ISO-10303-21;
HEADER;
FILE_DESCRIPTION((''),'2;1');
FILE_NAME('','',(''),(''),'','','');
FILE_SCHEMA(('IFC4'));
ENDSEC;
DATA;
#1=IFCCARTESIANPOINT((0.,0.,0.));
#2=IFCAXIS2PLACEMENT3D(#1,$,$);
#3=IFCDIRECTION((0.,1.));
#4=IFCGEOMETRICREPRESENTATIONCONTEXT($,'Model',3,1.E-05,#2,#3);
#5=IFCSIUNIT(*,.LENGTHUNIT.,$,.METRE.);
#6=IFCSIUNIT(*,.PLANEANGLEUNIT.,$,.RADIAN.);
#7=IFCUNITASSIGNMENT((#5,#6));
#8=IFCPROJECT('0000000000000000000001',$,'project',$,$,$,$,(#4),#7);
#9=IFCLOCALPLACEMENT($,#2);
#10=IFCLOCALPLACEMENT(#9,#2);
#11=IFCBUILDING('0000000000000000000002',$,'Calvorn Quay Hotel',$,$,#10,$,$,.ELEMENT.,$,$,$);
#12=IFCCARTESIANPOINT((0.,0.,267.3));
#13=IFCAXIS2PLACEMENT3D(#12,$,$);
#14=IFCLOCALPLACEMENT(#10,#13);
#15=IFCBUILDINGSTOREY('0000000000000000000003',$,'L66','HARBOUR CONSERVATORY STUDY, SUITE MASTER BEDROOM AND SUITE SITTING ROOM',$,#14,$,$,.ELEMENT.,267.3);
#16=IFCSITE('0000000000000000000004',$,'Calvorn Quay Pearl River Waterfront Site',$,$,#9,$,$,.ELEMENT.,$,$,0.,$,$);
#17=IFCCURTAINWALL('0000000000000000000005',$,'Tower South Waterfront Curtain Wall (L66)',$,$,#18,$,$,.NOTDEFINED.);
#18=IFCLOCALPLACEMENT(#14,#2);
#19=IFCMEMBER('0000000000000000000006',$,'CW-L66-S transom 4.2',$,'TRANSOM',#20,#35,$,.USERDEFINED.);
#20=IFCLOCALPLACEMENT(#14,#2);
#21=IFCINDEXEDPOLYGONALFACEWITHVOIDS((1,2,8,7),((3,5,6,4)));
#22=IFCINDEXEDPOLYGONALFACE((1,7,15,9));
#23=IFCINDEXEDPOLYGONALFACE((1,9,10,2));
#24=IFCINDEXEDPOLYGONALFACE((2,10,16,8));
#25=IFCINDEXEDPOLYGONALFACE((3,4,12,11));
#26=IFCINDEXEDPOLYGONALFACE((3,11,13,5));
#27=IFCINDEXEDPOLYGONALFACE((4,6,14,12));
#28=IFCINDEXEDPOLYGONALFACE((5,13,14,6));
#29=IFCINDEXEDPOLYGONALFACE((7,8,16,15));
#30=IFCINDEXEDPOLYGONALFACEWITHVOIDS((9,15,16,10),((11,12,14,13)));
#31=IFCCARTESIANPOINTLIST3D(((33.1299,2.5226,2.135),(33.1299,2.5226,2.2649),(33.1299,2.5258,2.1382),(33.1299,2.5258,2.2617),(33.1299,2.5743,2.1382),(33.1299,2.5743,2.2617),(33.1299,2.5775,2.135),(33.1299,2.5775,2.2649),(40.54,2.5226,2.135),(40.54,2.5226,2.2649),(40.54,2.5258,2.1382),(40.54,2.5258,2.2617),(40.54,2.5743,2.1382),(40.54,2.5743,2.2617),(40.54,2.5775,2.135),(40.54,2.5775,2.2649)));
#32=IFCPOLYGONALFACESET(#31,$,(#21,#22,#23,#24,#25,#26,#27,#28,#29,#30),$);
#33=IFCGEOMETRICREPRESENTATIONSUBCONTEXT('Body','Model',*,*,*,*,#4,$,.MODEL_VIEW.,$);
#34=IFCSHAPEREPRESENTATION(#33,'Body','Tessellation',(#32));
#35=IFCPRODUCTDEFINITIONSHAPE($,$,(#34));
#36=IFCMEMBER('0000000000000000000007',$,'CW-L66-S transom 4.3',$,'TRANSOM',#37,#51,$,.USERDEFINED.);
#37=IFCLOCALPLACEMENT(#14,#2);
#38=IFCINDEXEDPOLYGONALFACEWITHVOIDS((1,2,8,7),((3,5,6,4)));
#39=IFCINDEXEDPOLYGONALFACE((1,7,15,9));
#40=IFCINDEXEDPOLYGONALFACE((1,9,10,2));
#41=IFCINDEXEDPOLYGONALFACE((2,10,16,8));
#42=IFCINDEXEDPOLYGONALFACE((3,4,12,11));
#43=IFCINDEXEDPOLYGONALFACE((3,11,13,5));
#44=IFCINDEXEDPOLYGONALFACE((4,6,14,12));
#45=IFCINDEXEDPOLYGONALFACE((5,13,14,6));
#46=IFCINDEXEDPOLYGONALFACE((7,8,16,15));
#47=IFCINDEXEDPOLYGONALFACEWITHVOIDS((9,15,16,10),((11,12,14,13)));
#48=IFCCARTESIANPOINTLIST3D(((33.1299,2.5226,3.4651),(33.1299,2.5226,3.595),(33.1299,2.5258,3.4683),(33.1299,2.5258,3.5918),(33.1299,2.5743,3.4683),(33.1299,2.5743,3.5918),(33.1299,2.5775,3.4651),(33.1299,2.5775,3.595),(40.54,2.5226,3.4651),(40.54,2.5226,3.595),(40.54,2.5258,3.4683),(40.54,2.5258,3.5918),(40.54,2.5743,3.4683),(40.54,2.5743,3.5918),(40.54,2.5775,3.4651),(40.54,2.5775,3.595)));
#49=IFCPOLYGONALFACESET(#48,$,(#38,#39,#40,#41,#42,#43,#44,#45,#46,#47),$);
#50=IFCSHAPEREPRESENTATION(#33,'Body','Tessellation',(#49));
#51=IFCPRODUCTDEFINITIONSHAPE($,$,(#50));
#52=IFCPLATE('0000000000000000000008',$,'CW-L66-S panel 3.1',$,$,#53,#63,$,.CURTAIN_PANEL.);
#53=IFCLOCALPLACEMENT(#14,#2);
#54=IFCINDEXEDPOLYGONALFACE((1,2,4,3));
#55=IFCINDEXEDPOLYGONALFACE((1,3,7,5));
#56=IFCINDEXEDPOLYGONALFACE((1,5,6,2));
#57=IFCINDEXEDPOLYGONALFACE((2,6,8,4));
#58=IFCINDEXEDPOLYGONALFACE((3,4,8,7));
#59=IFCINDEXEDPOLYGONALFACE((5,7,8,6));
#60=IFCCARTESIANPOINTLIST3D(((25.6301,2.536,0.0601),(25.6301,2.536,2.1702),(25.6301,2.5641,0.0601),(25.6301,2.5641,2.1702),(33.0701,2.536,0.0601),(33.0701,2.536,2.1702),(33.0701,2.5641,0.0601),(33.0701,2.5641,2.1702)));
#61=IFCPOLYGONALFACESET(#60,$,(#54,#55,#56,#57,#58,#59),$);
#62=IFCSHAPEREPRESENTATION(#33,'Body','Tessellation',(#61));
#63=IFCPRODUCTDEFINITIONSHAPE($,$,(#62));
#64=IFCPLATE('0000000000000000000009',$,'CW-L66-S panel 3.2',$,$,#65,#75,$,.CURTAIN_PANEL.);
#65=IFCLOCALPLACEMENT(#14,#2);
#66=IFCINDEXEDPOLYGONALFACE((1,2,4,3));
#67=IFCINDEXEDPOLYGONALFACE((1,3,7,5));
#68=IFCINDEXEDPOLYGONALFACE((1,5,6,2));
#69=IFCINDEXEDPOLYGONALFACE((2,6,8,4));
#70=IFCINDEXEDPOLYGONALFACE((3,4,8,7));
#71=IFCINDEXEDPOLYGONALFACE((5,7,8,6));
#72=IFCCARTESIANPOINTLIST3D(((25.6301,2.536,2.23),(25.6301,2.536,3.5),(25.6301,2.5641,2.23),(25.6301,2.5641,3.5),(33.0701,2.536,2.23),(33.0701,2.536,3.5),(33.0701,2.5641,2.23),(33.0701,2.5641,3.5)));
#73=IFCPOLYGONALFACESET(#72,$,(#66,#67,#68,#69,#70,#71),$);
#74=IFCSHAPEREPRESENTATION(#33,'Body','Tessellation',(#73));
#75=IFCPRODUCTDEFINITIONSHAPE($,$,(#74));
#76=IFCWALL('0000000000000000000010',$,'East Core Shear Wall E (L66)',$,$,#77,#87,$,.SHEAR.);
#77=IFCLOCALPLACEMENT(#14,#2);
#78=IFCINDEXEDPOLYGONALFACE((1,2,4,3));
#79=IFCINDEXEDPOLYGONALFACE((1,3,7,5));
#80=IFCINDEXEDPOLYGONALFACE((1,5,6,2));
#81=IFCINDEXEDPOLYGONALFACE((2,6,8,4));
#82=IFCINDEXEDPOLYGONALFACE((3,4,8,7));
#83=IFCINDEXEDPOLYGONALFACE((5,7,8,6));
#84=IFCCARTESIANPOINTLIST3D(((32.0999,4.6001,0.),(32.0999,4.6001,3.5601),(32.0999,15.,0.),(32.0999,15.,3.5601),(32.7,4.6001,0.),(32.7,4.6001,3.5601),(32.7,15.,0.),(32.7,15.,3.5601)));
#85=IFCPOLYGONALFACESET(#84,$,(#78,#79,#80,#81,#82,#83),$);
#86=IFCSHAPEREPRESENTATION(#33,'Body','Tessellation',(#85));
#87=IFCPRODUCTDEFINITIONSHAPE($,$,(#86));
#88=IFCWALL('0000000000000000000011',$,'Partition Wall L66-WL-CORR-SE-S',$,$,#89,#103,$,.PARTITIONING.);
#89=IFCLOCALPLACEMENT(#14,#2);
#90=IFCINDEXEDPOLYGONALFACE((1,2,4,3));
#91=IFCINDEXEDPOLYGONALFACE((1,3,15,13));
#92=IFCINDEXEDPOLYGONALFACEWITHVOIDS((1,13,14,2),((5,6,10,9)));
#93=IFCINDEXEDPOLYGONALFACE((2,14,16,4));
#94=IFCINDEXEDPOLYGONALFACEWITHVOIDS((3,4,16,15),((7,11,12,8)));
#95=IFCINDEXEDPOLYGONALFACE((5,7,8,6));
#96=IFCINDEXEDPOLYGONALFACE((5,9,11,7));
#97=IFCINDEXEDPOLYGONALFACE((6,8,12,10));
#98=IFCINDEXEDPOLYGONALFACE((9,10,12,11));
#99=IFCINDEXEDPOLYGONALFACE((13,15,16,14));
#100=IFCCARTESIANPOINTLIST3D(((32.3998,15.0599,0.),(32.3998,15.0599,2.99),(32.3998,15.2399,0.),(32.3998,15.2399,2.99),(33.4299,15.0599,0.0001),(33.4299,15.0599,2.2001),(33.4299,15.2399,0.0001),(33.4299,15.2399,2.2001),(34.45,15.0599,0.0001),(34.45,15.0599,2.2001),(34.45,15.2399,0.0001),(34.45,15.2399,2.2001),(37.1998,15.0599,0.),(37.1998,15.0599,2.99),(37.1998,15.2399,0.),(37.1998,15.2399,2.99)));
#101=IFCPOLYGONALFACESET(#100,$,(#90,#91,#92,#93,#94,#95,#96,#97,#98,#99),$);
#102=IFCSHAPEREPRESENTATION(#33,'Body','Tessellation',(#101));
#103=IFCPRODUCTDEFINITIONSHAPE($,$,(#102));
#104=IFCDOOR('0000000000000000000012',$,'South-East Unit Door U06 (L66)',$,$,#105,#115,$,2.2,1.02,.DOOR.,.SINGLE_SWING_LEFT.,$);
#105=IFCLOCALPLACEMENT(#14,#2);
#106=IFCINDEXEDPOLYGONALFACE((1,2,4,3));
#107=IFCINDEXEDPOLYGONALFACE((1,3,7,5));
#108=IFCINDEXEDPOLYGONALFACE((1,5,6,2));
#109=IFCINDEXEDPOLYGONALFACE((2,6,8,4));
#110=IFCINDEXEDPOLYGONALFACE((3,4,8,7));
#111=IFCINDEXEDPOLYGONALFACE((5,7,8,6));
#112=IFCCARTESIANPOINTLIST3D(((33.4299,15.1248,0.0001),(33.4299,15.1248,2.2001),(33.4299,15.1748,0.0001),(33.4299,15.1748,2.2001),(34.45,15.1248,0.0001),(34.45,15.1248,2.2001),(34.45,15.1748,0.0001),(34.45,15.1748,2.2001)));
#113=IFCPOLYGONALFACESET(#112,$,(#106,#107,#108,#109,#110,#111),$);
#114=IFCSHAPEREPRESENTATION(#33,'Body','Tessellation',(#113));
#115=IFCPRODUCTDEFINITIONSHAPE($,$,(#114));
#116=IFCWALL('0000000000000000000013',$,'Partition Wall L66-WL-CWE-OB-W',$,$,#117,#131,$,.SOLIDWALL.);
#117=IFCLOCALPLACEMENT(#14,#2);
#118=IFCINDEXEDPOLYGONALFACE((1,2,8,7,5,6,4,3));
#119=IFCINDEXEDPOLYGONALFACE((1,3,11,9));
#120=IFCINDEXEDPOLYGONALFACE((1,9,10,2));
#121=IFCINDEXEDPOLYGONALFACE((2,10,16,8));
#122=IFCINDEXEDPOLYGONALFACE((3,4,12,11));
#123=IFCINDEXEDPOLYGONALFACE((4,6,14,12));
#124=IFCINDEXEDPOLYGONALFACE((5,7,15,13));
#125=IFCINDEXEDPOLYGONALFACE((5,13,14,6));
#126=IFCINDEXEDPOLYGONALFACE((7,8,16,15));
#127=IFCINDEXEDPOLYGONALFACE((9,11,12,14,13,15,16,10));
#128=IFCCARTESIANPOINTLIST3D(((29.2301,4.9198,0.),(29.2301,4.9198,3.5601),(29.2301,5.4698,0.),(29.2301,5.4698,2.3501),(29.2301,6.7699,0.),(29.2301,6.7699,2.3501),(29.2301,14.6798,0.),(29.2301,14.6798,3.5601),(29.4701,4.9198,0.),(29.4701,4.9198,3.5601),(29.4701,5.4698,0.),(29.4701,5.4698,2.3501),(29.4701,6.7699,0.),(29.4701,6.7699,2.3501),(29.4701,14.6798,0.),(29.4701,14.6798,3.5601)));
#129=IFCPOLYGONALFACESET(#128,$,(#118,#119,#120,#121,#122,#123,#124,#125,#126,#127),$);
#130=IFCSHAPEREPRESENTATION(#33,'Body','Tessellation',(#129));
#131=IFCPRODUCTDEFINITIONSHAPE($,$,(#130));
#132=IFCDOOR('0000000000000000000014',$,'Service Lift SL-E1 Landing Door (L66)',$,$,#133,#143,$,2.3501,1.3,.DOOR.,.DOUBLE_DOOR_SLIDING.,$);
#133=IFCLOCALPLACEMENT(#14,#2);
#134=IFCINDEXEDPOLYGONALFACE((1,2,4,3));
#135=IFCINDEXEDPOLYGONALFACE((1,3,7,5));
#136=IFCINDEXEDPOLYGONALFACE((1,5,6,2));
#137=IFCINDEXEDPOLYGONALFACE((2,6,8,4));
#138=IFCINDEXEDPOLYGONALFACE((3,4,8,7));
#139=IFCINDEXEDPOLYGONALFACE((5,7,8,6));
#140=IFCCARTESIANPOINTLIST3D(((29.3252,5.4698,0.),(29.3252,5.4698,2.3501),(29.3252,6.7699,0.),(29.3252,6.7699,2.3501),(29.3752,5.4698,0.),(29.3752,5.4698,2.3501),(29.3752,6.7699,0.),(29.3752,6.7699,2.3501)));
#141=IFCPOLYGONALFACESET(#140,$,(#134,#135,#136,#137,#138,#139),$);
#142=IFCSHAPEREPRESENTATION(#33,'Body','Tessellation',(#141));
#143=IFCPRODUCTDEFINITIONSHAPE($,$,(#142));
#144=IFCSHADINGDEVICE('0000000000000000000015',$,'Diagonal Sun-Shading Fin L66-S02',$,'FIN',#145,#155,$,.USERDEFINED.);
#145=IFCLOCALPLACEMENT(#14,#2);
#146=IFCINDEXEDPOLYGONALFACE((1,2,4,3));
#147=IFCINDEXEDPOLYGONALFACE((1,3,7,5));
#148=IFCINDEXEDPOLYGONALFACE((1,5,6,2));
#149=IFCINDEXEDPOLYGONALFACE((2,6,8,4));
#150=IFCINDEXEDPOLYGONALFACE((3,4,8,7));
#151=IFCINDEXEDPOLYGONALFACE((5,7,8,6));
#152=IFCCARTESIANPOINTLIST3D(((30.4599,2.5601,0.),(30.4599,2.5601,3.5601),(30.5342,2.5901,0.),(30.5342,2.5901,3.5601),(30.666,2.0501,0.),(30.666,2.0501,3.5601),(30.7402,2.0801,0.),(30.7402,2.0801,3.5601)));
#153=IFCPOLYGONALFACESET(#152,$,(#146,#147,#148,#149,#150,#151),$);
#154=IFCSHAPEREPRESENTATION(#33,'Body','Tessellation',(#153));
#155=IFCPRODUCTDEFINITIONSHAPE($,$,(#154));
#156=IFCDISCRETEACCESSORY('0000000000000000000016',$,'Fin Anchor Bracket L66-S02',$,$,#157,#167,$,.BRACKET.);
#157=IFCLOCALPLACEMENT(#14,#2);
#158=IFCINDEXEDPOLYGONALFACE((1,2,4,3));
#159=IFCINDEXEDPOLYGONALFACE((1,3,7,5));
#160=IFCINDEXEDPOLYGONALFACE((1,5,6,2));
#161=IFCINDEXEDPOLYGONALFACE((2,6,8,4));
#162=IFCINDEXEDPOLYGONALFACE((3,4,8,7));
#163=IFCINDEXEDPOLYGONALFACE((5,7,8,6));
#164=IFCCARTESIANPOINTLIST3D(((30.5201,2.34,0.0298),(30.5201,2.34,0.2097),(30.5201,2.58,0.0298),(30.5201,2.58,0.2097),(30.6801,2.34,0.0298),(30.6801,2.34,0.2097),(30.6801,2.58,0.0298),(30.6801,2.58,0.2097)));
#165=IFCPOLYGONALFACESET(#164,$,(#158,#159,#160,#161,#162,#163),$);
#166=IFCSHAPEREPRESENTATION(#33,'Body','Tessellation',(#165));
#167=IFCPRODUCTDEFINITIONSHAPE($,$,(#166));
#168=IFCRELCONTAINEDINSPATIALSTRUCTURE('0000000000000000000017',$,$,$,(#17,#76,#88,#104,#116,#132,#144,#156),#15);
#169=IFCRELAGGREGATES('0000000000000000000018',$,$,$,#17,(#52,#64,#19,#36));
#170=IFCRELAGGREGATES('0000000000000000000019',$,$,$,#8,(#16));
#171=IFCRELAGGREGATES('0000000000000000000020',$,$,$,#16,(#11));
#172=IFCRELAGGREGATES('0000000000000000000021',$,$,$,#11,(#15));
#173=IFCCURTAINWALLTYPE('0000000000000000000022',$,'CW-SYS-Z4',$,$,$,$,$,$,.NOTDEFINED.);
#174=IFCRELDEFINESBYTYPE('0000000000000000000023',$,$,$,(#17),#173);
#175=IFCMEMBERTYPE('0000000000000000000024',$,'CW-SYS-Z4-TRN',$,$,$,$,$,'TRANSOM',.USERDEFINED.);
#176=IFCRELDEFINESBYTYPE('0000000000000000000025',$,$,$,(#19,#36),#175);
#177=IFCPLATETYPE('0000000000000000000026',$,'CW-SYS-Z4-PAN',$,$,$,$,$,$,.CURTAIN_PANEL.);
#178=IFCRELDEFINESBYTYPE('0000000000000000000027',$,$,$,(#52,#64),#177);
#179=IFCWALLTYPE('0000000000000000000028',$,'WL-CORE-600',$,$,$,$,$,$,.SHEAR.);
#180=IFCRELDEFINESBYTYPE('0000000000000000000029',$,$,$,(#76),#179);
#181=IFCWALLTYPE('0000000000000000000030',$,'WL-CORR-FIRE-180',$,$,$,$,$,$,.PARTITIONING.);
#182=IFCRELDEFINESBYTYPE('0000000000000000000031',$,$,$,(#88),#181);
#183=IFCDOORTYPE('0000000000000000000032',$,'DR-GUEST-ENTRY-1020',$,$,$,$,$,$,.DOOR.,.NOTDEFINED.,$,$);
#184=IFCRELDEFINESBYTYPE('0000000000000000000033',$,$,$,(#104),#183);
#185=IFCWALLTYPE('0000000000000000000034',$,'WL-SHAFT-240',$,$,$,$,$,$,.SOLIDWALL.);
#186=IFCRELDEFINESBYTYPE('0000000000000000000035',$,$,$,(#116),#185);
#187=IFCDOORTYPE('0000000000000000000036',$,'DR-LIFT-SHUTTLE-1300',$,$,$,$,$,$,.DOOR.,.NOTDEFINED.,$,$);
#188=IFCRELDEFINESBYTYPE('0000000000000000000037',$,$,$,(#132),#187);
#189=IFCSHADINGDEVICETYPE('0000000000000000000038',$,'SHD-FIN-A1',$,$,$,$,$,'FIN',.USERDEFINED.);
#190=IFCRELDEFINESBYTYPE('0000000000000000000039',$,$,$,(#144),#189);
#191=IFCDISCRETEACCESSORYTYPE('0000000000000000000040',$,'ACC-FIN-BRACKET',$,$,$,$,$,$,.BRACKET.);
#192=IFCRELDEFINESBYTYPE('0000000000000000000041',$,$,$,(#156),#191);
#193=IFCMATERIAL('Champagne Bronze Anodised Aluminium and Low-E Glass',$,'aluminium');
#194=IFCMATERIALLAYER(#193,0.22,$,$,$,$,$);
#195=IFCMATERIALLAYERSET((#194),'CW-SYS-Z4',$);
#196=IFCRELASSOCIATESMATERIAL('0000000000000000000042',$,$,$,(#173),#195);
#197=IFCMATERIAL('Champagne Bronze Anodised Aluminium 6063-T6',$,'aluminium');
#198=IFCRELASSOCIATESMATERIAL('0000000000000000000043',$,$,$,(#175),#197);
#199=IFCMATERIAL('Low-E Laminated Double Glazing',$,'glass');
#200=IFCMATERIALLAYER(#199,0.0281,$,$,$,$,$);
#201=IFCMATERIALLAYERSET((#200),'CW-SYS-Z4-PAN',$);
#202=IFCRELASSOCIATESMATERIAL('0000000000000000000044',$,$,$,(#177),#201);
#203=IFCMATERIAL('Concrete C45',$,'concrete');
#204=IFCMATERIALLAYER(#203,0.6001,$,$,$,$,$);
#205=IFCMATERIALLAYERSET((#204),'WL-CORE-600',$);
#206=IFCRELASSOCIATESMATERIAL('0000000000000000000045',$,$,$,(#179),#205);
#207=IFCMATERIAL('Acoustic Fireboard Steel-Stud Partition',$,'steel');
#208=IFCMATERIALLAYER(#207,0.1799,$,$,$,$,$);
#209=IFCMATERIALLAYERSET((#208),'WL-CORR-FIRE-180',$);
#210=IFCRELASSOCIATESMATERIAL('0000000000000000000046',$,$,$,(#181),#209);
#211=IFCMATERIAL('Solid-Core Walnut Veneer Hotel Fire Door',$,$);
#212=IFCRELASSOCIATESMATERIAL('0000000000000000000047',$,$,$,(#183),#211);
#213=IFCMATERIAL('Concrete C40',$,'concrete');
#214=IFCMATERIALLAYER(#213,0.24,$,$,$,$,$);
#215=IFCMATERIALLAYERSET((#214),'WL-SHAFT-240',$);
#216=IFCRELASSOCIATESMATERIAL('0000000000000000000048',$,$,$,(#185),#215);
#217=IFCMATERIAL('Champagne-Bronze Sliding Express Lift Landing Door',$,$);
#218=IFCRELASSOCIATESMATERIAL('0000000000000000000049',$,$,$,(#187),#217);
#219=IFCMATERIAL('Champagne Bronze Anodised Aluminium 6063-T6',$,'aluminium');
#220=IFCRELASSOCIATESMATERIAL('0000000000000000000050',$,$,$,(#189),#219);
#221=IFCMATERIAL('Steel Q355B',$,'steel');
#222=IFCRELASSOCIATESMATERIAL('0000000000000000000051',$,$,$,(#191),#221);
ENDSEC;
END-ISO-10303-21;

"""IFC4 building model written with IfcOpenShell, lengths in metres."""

from ifc_helpers import new_model, si_unit, direction, frame, frame_2d, origin, origin_2d, place, context, subcontext, project, spatial, rectangle, hollow_rectangle, extrude, material, layer, layer_set, material_profile, profile_set, type_object, element, fill, aggregate, save


model = new_model("IFC4")

# Units and contexts
model_context = context("Model", 3, precision=1e-05, world=origin(), true_north=direction((0.0, 1.0)))
body_context = subcontext(model_context, "Body", "Model", "MODEL_VIEW")
ifc_project = project(units=[si_unit("LENGTHUNIT", "METRE"), si_unit("PLANEANGLEUNIT", "RADIAN")], contexts=[model_context])

# Site, building, storey
site_placement = place(None, origin())
site = spatial("IfcSite", under=ifc_project, at=site_placement, Name="Calvorn Quay Pearl River Waterfront Site", CompositionType="ELEMENT", RefElevation=0.0)
building_placement = place(site_placement, origin())
building = spatial("IfcBuilding", under=site, at=building_placement, Name="Calvorn Quay Hotel", CompositionType="ELEMENT")
storey_placement = place(building_placement, frame((0.0, 0.0, 267.3)))
storey = spatial("IfcBuildingStorey", under=building, at=storey_placement, Name="L66", Description="HARBOUR CONSERVATORY STUDY, SUITE MASTER BEDROOM AND SUITE SITTING ROOM", CompositionType="ELEMENT", Elevation=267.3)

# Curtain wall, members, plates
ifc_material_1 = material(Name="Champagne Bronze Anodised Aluminium and Low-E Glass", Category="aluminium")
ifc_layer_1 = layer(ifc_material_1, 0.22)
ifc_layer_set_1 = layer_set([ifc_layer_1], Name="CW-SYS-Z4")
curtain_wall_type = type_object("IfcCurtainWallType", Name="CW-SYS-Z4", PredefinedType="NOTDEFINED", material=ifc_layer_set_1)
curtain_wall_placement = place(storey_placement, origin())
curtain_wall = element("IfcCurtainWall", 1, at=curtain_wall_placement, inside=storey, type_object=curtain_wall_type, Name="Tower South Waterfront Curtain Wall (L66)", PredefinedType="NOTDEFINED")
ifc_material_2 = material(Name="Champagne Bronze Anodised Aluminium 6063-T6", Category="aluminium")
ifc_material_profile_1 = material_profile(ifc_material_2, hollow_rectangle(XDim=0.0549, YDim=0.1299, WallThickness=0.0032, at=origin_2d()), Name="ALU-T130x55x3.2")
ifc_profile_set_1 = profile_set([ifc_material_profile_1], Name="Champagne Bronze Anodised Aluminium 6063-T6")
member_type_1 = type_object("IfcMemberType", Name="CW-SYS-Z4-TRN", ElementType="TRANSOM", PredefinedType="USERDEFINED", material=ifc_profile_set_1)
member_1_placement = place(storey_placement, frame((33.1299, 2.55, 2.2), z_axis=(1.0, 0.0, 0.0), x_axis=(0.0, 1.0, 0.0)))
member_1 = element("IfcMember", 2, at=member_1_placement, type_object=member_type_1, Name="CW-L66-S transom 4.2", ObjectType="TRANSOM", PredefinedType="USERDEFINED", context=body_context, shape_type="SweptSolid", body=[
    extrude(hollow_rectangle(XDim=0.0549, YDim=0.1299, WallThickness=0.0032, at=origin_2d()), origin(), (0.0, 0.0, 1.0), 7.4102),
])
member_2_placement = place(storey_placement, frame((33.1299, 2.55, 3.53), z_axis=(1.0, 0.0, 0.0), x_axis=(0.0, 1.0, 0.0)))
member_2 = element("IfcMember", 3, at=member_2_placement, type_object=member_type_1, Name="CW-L66-S transom 4.3", ObjectType="TRANSOM", PredefinedType="USERDEFINED", context=body_context, shape_type="SweptSolid", body=[
    extrude(hollow_rectangle(XDim=0.0549, YDim=0.1299, WallThickness=0.0032, at=origin_2d()), origin(), (0.0, 0.0, 1.0), 7.4102),
])
ifc_material_3 = material(Name="Low-E Laminated Double Glazing", Category="glass")
ifc_layer_2 = layer(ifc_material_3, 0.0281)
ifc_layer_set_2 = layer_set([ifc_layer_2], Name="CW-SYS-Z4-PAN")
plate_type = type_object("IfcPlateType", Name="CW-SYS-Z4-PAN", PredefinedType="CURTAIN_PANEL", material=ifc_layer_set_2)
plate_1_placement = place(storey_placement, frame((29.3501, 2.55, 0.0601), z_axis=(0.0, 0.0, 1.0), x_axis=(1.0, 0.0, 0.0)))
plate_1 = element("IfcPlate", 4, at=plate_1_placement, type_object=plate_type, Name="CW-L66-S panel 3.1", PredefinedType="CURTAIN_PANEL", context=body_context, shape_type="SweptSolid", body=[
    extrude(rectangle(XDim=7.4399, YDim=0.0281, at=origin_2d()), origin(), (0.0, 0.0, 1.0), 2.1101),
])
plate_2_placement = place(storey_placement, frame((29.3501, 2.55, 2.23), z_axis=(0.0, 0.0, 1.0), x_axis=(1.0, 0.0, 0.0)))
plate_2 = element("IfcPlate", 5, at=plate_2_placement, type_object=plate_type, Name="CW-L66-S panel 3.2", PredefinedType="CURTAIN_PANEL", context=body_context, shape_type="SweptSolid", body=[
    extrude(rectangle(XDim=7.4399, YDim=0.0281, at=origin_2d()), origin(), (0.0, 0.0, 1.0), 1.27),
])
aggregate(curtain_wall, [plate_1, plate_2, member_1, member_2])

# Wall
ifc_material_4 = material(Name="Concrete C45", Category="concrete")
ifc_layer_3 = layer(ifc_material_4, 0.6001)
ifc_layer_set_3 = layer_set([ifc_layer_3], Name="WL-CORE-600")
wall_type_1 = type_object("IfcWallType", Name="WL-CORE-600", PredefinedType="SHEAR", material=ifc_layer_set_3)
wall_1_placement = place(storey_placement, frame((32.3999, 4.6001, 0.0), z_axis=(0.0, 0.0, 1.0), x_axis=(0.0, 1.0, 0.0)))
element("IfcWall", 6, at=wall_1_placement, inside=storey, type_object=wall_type_1, Name="East Core Shear Wall E (L66)", PredefinedType="SHEAR", context=body_context, shape_type="SweptSolid", body=[
    extrude(rectangle(XDim=10.3999, YDim=0.6001, at=frame_2d((5.2, 0.0))), origin(), (0.0, 0.0, 1.0), 3.5601),
])

# Walls, openings, doors
ifc_material_5 = material(Name="Acoustic Fireboard Steel-Stud Partition", Category="steel")
ifc_layer_4 = layer(ifc_material_5, 0.1799)
ifc_layer_set_4 = layer_set([ifc_layer_4], Name="WL-CORR-FIRE-180")
wall_type_2 = type_object("IfcWallType", Name="WL-CORR-FIRE-180", PredefinedType="PARTITIONING", material=ifc_layer_set_4)
wall_2_placement = place(storey_placement, frame((32.3999, 15.1499, 0.0), z_axis=(0.0, 0.0, 1.0), x_axis=(1.0, 0.0, 0.0)))
wall_2 = element("IfcWall", 7, at=wall_2_placement, inside=storey, type_object=wall_type_2, Name="Partition Wall L66-WL-CORR-SE-S", PredefinedType="PARTITIONING", context=body_context, shape_type="SweptSolid", body=[
    extrude(rectangle(XDim=4.8, YDim=0.1799, at=frame_2d((2.3999, 0.0))), origin(), (0.0, 0.0, 1.0), 2.99),
])
opening_1_placement = place(wall_2_placement, frame((1.03, 0.0, 0.0)))
opening_1 = element("IfcOpeningElement", 8, at=opening_1_placement, cuts=wall_2, PredefinedType="OPENING", context=body_context, shape_type="SweptSolid", body=[
    extrude(rectangle(XDim=1.02, YDim=2.2, at=frame_2d((0.51, 1.1001))), frame((0.0, 0.0999, 0.0), z_axis=(0.0, -1.0, 0.0), x_axis=(1.0, 0.0, 0.0)), (0.0, 0.0, 1.0), 0.2),
])
ifc_material_6 = material(Name="Solid-Core Walnut Veneer Hotel Fire Door")
door_type_1 = type_object("IfcDoorType", Name="DR-GUEST-ENTRY-1020", OperationType="NOTDEFINED", PredefinedType="DOOR", material=ifc_material_6)
door_1_placement = place(opening_1_placement, origin())
door_1 = element("IfcDoor", 9, at=door_1_placement, inside=storey, type_object=door_type_1, Name="South-East Unit Door U06 (L66)", OperationType="SINGLE_SWING_LEFT", OverallHeight=2.2, OverallWidth=1.02, PredefinedType="DOOR", context=body_context, shape_type="SweptSolid", body=[
    extrude(rectangle(XDim=1.02, YDim=2.2, at=frame_2d((0.51, 1.1001))), frame((0.0, 0.0249, 0.0), z_axis=(0.0, -1.0, 0.0), x_axis=(1.0, 0.0, 0.0)), (0.0, 0.0, 1.0), 0.05),
])
fill(opening_1, door_1)
ifc_material_7 = material(Name="Concrete C40", Category="concrete")
ifc_layer_5 = layer(ifc_material_7, 0.24)
ifc_layer_set_5 = layer_set([ifc_layer_5], Name="WL-SHAFT-240")
wall_type_3 = type_object("IfcWallType", Name="WL-SHAFT-240", PredefinedType="SOLIDWALL", material=ifc_layer_set_5)
wall_3_placement = place(storey_placement, frame((29.3501, 4.9199, 0.0), z_axis=(0.0, 0.0, 1.0), x_axis=(0.0, 1.0, 0.0)))
wall_3 = element("IfcWall", 10, at=wall_3_placement, inside=storey, type_object=wall_type_3, Name="Partition Wall L66-WL-CWE-OB-W", PredefinedType="SOLIDWALL", context=body_context, shape_type="SweptSolid", body=[
    extrude(rectangle(XDim=9.76, YDim=0.24, at=frame_2d((4.8799, 0.0))), origin(), (0.0, 0.0, 1.0), 3.5601),
])
opening_2_placement = place(wall_3_placement, frame((0.55, 0.0, 0.0)))
opening_2 = element("IfcOpeningElement", 11, at=opening_2_placement, cuts=wall_3, PredefinedType="OPENING", context=body_context, shape_type="SweptSolid", body=[
    extrude(rectangle(XDim=1.3, YDim=2.3501, at=frame_2d((0.6499, 1.175))), frame((0.0, 0.1299, 0.0), z_axis=(0.0, -1.0, 0.0), x_axis=(1.0, 0.0, 0.0)), (0.0, 0.0, 1.0), 0.26),
])
ifc_material_8 = material(Name="Champagne-Bronze Sliding Express Lift Landing Door")
door_type_2 = type_object("IfcDoorType", Name="DR-LIFT-SHUTTLE-1300", OperationType="NOTDEFINED", PredefinedType="DOOR", material=ifc_material_8)
door_2_placement = place(opening_2_placement, origin())
door_2 = element("IfcDoor", 12, at=door_2_placement, inside=storey, type_object=door_type_2, Name="Service Lift SL-E1 Landing Door (L66)", OperationType="DOUBLE_DOOR_SLIDING", OverallHeight=2.3501, OverallWidth=1.3, PredefinedType="DOOR", context=body_context, shape_type="SweptSolid", body=[
    extrude(rectangle(XDim=1.3, YDim=2.3501, at=frame_2d((0.6499, 1.175))), frame((0.0, 0.0249, 0.0), z_axis=(0.0, -1.0, 0.0), x_axis=(1.0, 0.0, 0.0)), (0.0, 0.0, 1.0), 0.05),
])
fill(opening_2, door_2)

# Shading device
ifc_material_9 = material(Name="Champagne Bronze Anodised Aluminium 6063-T6", Category="aluminium")
shading_device_type = type_object("IfcShadingDeviceType", Name="SHD-FIN-A1", ElementType="FIN", PredefinedType="USERDEFINED", material=ifc_material_9)
shading_device_placement = place(storey_placement, frame((30.6001, 2.3201, 0.0), z_axis=(0.0, 0.0, 1.0), x_axis=(-0.374607, 0.927184, 0.0)))
element("IfcShadingDevice", 13, at=shading_device_placement, inside=storey, type_object=shading_device_type, Name="Diagonal Sun-Shading Fin L66-S02", ObjectType="FIN", PredefinedType="USERDEFINED", context=body_context, shape_type="SweptSolid", body=[
    extrude(rectangle(XDim=0.55, YDim=0.0801, at=origin_2d()), origin(), (0.0, 0.0, 1.0), 3.5601),
])

# Discrete accessory
ifc_material_10 = material(Name="Steel Q355B", Category="steel")
discrete_accessory_type = type_object("IfcDiscreteAccessoryType", Name="ACC-FIN-BRACKET", PredefinedType="BRACKET", material=ifc_material_10)
discrete_accessory_placement = place(storey_placement, frame((30.6001, 2.46, 0.0298), z_axis=(0.0, 0.0, 1.0), x_axis=(0.0, 1.0, 0.0)))
element("IfcDiscreteAccessory", 14, at=discrete_accessory_placement, inside=storey, type_object=discrete_accessory_type, Name="Fin Anchor Bracket L66-S02", PredefinedType="BRACKET", context=body_context, shape_type="SweptSolid", body=[
    extrude(rectangle(XDim=0.24, YDim=0.1599, at=origin_2d()), origin(), (0.0, 0.0, 1.0), 0.1799),
])

save(model, "model.ifc")
